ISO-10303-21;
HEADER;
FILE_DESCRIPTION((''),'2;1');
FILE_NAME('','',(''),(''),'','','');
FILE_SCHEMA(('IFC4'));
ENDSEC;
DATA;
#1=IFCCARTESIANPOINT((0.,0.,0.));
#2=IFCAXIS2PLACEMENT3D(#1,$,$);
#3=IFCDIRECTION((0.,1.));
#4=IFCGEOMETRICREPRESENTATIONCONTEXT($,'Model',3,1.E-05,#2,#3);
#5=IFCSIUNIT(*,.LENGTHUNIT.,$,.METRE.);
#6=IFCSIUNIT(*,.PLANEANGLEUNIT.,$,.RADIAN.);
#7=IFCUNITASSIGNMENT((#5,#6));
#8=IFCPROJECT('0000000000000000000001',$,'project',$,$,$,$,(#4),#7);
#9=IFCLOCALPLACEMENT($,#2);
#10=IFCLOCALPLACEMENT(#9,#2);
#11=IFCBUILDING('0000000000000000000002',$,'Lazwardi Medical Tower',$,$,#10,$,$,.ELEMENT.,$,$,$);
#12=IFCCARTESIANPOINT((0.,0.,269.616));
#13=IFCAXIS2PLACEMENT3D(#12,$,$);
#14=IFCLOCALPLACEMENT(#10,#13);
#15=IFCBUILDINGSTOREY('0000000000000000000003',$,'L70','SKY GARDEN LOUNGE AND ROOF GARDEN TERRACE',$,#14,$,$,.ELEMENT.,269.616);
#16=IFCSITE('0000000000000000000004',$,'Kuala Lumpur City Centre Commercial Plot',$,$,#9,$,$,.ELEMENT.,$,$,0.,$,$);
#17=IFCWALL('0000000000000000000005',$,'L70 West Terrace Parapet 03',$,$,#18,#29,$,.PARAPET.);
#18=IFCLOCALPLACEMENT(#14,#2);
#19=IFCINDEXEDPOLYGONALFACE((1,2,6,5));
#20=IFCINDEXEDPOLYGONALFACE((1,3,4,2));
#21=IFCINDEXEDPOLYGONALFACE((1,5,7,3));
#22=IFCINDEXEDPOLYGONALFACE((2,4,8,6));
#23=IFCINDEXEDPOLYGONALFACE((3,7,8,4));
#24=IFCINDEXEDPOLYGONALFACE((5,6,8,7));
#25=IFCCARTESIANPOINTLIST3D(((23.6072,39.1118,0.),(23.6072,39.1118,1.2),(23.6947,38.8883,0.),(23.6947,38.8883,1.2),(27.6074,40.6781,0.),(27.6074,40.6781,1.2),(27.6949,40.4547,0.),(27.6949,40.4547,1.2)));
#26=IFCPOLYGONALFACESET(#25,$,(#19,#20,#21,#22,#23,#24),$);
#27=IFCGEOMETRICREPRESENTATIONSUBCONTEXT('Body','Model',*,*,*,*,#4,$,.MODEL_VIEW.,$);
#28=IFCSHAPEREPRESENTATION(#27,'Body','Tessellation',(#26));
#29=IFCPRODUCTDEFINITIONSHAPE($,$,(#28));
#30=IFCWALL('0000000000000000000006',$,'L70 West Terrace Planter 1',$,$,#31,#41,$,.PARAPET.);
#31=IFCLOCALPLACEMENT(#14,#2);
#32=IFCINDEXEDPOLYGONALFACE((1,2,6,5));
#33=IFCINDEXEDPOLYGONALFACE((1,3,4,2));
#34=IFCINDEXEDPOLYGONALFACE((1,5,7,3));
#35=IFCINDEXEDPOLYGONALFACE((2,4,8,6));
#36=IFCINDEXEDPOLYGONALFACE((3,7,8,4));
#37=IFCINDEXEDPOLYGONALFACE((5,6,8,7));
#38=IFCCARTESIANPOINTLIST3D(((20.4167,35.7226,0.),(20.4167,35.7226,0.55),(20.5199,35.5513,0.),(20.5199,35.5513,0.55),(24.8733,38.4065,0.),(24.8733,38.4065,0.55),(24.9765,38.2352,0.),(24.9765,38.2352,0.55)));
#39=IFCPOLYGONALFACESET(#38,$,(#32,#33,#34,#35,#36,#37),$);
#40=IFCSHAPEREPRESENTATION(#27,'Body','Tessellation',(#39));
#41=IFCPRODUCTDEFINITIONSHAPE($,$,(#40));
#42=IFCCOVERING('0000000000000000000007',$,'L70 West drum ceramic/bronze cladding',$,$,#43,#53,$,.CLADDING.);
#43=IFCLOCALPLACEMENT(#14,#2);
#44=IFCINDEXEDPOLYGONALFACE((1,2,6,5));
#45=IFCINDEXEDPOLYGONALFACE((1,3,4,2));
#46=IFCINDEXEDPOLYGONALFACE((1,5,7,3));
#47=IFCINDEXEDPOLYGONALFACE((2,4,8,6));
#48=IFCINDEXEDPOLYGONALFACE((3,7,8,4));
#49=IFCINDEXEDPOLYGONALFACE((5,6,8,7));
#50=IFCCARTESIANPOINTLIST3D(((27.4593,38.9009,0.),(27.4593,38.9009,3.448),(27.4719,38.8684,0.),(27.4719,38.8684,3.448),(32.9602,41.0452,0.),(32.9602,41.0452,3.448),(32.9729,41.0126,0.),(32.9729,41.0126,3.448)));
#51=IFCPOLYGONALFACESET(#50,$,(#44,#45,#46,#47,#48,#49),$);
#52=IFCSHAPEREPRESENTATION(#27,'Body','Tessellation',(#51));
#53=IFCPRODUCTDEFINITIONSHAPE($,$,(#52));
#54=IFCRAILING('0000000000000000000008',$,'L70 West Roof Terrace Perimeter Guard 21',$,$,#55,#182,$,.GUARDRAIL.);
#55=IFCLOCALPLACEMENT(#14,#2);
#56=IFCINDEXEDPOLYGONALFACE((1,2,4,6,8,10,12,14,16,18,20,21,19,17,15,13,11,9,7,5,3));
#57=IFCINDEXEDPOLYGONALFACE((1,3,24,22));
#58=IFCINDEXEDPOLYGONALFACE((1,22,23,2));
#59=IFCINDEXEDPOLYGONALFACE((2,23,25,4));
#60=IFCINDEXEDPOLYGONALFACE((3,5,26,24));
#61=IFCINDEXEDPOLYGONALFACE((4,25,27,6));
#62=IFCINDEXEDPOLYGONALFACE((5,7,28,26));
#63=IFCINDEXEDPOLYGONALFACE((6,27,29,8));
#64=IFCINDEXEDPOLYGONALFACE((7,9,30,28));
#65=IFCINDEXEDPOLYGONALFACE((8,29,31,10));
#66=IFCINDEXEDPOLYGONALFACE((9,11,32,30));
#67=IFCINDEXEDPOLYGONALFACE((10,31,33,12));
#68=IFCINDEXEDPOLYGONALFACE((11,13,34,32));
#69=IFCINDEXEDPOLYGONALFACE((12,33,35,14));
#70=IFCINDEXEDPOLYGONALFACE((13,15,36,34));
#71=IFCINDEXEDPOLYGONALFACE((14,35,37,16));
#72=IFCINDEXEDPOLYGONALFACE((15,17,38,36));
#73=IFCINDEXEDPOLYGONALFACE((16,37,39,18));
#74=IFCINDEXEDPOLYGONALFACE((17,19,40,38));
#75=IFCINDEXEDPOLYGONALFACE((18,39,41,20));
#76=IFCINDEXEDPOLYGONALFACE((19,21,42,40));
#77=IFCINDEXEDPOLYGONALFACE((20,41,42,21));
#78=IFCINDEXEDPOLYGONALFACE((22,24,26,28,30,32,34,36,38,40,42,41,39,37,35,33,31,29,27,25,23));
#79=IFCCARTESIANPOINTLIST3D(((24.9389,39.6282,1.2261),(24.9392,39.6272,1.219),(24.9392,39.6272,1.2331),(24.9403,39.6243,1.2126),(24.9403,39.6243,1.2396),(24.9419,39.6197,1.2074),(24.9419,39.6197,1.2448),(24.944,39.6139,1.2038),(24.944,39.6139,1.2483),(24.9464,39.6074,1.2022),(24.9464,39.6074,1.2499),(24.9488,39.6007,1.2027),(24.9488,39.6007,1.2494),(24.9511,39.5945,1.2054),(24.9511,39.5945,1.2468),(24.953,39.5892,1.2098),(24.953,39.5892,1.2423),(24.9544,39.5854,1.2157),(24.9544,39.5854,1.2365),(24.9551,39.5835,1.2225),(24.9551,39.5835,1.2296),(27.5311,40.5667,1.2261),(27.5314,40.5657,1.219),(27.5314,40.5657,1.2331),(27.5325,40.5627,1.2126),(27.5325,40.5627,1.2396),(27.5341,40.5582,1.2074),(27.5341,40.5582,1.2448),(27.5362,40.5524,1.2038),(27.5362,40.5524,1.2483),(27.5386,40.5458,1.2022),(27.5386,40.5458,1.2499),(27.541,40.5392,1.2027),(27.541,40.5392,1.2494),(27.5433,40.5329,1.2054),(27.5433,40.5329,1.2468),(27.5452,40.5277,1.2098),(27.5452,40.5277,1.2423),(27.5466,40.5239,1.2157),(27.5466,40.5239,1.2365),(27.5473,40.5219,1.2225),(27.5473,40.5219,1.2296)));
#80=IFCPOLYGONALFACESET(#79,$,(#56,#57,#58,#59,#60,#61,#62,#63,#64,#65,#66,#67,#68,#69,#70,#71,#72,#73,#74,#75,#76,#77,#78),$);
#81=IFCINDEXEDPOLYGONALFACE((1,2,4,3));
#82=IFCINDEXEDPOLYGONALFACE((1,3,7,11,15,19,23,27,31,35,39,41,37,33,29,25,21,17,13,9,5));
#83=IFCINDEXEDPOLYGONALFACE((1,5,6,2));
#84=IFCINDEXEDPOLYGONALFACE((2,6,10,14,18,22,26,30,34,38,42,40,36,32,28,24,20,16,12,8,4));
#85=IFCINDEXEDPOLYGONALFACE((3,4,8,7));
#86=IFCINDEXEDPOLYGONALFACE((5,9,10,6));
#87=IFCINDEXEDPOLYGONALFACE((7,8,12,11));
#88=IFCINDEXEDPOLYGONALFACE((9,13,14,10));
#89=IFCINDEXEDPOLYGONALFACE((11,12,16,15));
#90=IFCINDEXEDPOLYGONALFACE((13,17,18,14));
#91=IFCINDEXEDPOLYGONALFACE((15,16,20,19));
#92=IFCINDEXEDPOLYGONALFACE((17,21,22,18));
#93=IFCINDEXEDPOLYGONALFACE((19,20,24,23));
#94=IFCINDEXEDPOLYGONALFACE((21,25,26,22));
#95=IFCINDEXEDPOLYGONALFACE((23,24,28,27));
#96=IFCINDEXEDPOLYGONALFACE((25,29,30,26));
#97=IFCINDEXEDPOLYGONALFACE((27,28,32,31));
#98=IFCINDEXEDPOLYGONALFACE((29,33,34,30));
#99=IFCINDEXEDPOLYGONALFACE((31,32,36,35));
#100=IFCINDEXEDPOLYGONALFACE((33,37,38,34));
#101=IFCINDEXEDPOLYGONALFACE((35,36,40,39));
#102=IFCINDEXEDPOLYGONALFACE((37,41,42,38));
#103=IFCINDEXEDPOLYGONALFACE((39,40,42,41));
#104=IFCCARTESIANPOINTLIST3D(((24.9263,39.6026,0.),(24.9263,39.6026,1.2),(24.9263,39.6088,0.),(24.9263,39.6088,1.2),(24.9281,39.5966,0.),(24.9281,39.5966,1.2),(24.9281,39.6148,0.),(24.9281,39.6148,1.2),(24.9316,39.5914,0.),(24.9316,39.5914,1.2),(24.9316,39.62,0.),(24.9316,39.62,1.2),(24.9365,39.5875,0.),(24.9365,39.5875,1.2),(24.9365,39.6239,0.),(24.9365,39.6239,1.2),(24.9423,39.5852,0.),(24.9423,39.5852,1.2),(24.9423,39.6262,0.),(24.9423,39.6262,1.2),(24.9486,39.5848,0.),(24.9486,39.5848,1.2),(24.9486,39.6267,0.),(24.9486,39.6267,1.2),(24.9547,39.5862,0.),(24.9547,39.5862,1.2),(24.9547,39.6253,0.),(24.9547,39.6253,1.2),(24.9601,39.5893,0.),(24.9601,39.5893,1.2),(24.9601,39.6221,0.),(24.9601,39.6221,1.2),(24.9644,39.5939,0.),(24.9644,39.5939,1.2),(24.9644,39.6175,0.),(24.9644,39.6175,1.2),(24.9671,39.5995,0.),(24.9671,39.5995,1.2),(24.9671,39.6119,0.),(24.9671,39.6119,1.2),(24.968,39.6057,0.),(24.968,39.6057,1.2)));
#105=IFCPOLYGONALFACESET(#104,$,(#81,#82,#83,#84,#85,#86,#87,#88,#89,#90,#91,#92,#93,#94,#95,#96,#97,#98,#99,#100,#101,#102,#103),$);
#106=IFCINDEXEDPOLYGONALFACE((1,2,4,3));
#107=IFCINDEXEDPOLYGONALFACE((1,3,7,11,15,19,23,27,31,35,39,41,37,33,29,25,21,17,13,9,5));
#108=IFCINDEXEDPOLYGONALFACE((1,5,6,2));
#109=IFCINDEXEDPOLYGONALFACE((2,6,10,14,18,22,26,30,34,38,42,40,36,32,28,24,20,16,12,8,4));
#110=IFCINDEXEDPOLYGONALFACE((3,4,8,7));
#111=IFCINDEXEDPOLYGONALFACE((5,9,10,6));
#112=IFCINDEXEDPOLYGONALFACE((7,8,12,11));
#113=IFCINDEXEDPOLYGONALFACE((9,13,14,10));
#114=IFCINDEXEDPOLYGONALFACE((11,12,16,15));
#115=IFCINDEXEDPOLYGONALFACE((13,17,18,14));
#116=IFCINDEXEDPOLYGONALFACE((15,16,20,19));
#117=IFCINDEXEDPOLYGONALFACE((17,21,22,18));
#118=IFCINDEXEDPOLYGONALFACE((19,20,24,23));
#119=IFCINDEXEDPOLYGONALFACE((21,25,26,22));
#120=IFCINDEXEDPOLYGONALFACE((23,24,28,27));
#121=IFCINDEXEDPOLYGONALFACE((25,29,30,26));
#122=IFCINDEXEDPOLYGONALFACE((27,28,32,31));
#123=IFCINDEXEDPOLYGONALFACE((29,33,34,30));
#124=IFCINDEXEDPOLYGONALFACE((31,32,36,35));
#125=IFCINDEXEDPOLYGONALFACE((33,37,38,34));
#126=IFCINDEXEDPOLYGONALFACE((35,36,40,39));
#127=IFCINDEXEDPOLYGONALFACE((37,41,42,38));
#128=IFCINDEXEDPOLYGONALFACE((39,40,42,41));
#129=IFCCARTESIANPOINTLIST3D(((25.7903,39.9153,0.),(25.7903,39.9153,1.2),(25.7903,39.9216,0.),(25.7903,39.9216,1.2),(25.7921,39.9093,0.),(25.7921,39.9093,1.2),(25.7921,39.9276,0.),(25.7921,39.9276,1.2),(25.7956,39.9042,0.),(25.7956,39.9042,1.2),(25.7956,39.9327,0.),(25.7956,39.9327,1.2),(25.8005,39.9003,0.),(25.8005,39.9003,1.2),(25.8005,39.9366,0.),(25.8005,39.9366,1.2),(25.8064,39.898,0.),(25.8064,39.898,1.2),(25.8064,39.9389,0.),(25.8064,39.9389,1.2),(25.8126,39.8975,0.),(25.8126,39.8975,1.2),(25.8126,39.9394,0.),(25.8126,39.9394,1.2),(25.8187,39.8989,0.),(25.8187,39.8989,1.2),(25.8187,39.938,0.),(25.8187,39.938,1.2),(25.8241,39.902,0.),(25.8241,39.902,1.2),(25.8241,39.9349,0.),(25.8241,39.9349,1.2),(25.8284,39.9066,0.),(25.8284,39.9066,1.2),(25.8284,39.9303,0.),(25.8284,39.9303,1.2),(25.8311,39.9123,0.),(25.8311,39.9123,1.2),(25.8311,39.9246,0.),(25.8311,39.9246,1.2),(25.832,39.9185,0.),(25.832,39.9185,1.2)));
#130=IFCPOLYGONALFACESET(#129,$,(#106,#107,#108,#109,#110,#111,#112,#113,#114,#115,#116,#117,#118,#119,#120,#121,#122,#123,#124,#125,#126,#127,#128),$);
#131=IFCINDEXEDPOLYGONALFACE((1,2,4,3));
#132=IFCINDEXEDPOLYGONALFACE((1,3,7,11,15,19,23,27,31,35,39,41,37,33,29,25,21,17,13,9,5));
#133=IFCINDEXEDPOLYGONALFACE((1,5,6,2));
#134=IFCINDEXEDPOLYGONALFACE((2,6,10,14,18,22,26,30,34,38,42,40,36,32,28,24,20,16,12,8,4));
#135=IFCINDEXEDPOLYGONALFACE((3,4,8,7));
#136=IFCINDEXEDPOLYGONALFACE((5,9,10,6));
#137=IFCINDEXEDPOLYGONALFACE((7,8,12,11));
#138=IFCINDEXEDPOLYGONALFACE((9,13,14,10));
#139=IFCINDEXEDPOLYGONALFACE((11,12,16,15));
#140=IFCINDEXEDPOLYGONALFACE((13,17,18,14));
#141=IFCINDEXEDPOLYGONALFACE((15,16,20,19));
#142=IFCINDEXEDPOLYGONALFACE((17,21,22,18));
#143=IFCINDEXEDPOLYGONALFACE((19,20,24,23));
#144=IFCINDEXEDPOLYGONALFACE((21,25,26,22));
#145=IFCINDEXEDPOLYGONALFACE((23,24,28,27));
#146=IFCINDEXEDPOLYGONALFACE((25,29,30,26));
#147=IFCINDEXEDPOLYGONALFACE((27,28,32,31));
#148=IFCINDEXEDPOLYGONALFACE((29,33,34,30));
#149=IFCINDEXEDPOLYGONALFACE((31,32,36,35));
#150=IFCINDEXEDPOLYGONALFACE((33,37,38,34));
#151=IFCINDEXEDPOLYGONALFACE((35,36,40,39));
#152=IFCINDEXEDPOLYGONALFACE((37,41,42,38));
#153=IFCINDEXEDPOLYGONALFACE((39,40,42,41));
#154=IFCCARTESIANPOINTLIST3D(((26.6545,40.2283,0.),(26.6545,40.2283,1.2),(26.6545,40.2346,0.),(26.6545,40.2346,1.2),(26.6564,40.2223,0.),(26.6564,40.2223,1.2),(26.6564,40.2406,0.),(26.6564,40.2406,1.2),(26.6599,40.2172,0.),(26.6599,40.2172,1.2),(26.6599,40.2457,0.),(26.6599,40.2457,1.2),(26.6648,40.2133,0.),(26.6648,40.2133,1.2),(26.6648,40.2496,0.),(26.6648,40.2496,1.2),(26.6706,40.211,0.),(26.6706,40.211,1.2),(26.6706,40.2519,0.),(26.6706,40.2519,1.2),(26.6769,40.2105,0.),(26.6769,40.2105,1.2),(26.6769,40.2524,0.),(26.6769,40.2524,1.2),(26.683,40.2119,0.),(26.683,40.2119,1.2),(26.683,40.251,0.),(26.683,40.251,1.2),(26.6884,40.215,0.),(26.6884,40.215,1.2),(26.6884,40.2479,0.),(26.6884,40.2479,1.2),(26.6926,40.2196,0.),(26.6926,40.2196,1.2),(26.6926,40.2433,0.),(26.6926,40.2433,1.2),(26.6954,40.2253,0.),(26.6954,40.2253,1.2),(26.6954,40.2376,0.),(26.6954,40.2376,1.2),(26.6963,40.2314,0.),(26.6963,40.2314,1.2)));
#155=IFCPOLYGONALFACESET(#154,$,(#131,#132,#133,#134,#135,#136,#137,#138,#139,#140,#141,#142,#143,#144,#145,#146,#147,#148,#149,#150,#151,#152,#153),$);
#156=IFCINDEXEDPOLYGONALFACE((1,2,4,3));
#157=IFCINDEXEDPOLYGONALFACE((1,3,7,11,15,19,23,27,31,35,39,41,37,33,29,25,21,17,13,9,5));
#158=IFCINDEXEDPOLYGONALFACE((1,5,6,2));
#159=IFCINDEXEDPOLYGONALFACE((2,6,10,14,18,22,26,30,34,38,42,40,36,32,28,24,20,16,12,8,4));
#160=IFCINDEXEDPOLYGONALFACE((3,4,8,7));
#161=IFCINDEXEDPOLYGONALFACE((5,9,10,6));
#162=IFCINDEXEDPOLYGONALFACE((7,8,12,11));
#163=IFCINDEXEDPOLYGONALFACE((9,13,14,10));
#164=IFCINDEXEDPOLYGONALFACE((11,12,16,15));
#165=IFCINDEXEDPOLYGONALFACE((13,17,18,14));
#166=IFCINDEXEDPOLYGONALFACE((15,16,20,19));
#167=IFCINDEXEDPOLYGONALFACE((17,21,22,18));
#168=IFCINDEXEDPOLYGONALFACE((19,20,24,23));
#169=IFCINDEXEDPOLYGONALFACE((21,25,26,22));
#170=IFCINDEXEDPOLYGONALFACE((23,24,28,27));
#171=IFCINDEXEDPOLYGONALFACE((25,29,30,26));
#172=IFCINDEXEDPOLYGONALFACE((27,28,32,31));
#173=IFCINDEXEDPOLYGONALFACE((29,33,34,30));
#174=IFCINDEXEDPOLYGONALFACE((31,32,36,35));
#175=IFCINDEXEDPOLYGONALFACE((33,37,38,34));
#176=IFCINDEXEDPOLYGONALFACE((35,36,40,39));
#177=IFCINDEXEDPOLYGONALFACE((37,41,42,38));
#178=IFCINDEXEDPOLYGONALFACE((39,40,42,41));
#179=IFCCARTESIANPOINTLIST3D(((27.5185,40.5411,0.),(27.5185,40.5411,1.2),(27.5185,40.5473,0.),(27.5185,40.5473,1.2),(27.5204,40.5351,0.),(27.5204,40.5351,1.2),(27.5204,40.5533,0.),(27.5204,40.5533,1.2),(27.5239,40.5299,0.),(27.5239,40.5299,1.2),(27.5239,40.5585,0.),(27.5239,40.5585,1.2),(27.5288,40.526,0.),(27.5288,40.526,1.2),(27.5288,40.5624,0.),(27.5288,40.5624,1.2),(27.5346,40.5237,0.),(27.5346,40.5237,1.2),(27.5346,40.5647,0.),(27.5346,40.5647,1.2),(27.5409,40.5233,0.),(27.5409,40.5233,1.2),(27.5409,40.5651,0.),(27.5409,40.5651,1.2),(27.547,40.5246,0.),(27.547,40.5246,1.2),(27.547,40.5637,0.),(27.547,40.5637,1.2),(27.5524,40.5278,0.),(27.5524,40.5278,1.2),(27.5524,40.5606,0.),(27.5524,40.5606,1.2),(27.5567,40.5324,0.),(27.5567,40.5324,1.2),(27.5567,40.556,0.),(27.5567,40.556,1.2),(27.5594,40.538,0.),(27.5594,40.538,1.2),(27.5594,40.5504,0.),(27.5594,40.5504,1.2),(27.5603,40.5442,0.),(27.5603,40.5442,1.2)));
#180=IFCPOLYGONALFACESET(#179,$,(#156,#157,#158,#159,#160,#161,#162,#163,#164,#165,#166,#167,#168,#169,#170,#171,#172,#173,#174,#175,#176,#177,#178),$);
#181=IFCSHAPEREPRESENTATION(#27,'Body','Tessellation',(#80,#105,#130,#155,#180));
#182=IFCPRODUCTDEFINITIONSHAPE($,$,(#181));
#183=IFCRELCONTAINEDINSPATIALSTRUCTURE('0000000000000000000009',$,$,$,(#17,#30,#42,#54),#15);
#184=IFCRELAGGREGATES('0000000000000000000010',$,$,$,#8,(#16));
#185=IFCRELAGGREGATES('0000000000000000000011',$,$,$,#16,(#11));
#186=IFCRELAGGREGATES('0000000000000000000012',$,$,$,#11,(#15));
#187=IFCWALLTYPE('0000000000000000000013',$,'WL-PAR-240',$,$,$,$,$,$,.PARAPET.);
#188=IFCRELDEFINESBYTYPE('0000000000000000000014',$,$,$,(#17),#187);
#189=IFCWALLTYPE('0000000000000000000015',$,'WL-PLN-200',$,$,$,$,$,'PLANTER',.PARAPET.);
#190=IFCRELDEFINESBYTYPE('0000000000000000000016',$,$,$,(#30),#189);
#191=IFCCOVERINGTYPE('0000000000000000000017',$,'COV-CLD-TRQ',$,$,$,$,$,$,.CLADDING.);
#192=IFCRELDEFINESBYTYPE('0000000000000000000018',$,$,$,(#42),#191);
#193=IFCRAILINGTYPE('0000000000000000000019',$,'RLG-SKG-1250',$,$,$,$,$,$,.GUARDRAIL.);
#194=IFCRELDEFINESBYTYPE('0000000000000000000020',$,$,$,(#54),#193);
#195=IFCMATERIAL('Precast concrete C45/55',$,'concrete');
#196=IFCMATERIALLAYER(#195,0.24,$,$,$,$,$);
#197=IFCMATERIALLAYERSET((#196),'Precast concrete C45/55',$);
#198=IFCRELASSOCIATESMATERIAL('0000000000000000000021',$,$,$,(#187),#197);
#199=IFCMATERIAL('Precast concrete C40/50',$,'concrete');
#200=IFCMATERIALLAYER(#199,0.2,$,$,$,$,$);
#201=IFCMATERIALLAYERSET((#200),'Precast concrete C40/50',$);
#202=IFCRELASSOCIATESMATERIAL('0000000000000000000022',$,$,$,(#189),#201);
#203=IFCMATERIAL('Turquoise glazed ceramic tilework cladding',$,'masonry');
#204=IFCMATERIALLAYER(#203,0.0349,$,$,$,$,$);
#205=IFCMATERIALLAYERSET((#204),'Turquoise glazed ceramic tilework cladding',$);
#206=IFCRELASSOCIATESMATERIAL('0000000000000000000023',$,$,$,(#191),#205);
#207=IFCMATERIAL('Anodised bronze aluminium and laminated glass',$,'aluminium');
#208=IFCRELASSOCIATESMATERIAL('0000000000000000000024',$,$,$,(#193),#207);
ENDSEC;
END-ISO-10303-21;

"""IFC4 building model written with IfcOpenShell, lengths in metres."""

from ifc_helpers import new_model, si_unit, direction, frame, frame_2d, origin, origin_2d, place, context, subcontext, project, spatial, rectangle, circle, extrude, material, layer, layer_set, type_object, element, save


model = new_model("IFC4")

# Units and contexts
model_context = context("Model", 3, precision=1e-05, world=origin(), true_north=direction((0.0, 1.0)))
body_context = subcontext(model_context, "Body", "Model", "MODEL_VIEW")
ifc_project = project(units=[si_unit("LENGTHUNIT", "METRE"), si_unit("PLANEANGLEUNIT", "RADIAN")], contexts=[model_context])

# Site, building, storey
site_placement = place(None, origin())
site = spatial("IfcSite", under=ifc_project, at=site_placement, Name="Kuala Lumpur City Centre Commercial Plot", CompositionType="ELEMENT", RefElevation=0.0)
building_placement = place(site_placement, origin())
building = spatial("IfcBuilding", under=site, at=building_placement, Name="Lazwardi Medical Tower", CompositionType="ELEMENT")
storey_placement = place(building_placement, frame((0.0, 0.0, 269.616)))
storey = spatial("IfcBuildingStorey", under=building, at=storey_placement, Name="L70", Description="SKY GARDEN LOUNGE AND ROOF GARDEN TERRACE", CompositionType="ELEMENT", Elevation=269.616)

# Shared definitions
ifc_material_1 = material(Name="Precast concrete C45/55", Category="concrete")

# Walls
ifc_layer_1 = layer(ifc_material_1, 0.24)
ifc_layer_set_1 = layer_set([ifc_layer_1], Name="Precast concrete C45/55")
wall_type_1 = type_object("IfcWallType", Name="WL-PAR-240", PredefinedType="PARAPET", material=ifc_layer_set_1)
wall_1_placement = place(storey_placement, frame((27.6511, 40.5664, 0.0), z_axis=(0.0, 0.0, 1.0), x_axis=(-0.931156, -0.36462, 0.0)))
element("IfcWall", 1, at=wall_1_placement, inside=storey, type_object=wall_type_1, Name="L70 West Terrace Parapet 03", PredefinedType="PARAPET", context=body_context, shape_type="SweptSolid", body=[
    extrude(rectangle(XDim=4.2959, YDim=0.24, at=frame_2d((2.1479, 0.0))), origin(), (0.0, 0.0, 1.0), 1.2),
])
ifc_material_2 = material(Name="Precast concrete C40/50", Category="concrete")
ifc_layer_2 = layer(ifc_material_2, 0.2)
ifc_layer_set_2 = layer_set([ifc_layer_2], Name="Precast concrete C40/50")
wall_type_2 = type_object("IfcWallType", Name="WL-PLN-200", ElementType="PLANTER", PredefinedType="PARAPET", material=ifc_layer_set_2)
wall_2_placement = place(storey_placement, frame((24.9248, 38.3208, 0.0), z_axis=(0.0, 0.0, 1.0), x_axis=(-0.856651, -0.515896, 0.0)))
element("IfcWall", 2, at=wall_2_placement, inside=storey, type_object=wall_type_2, Name="L70 West Terrace Planter 1", PredefinedType="PARAPET", context=body_context, shape_type="SweptSolid", body=[
    extrude(rectangle(XDim=5.2024, YDim=0.2, at=frame_2d((2.6011, 0.0))), origin(), (0.0, 0.0, 1.0), 0.55),
])

# Covering
ifc_material_3 = material(Name="Turquoise glazed ceramic tilework cladding", Category="masonry")
ifc_layer_3 = layer(ifc_material_3, 0.0349)
ifc_layer_set_3 = layer_set([ifc_layer_3], Name="Turquoise glazed ceramic tilework cladding")
covering_type = type_object("IfcCoveringType", Name="COV-CLD-TRQ", PredefinedType="CLADDING", material=ifc_layer_set_3)
covering_placement = place(storey_placement, frame((30.2161, 39.9568, 0.0), z_axis=(0.0, 0.0, 1.0), x_axis=(-0.93172, -0.363176, 0.0)))
element("IfcCovering", 3, at=covering_placement, inside=storey, type_object=covering_type, Name="L70 West drum ceramic/bronze cladding", PredefinedType="CLADDING", context=body_context, shape_type="SweptSolid", body=[
    extrude(rectangle(XDim=5.9041, YDim=0.0349, at=origin_2d()), origin(), (0.0, 0.0, 1.0), 3.448),
])

# Railing
ifc_material_4 = material(Name="Anodised bronze aluminium and laminated glass", Category="aluminium")
railing_type = type_object("IfcRailingType", Name="RLG-SKG-1250", PredefinedType="GUARDRAIL", material=ifc_material_4)
railing_1_placement = place(storey_placement, frame((24.947, 39.6057, 0.0)))
element("IfcRailing", 4, at=railing_1_placement, inside=storey, type_object=railing_type, Name="L70 West Roof Terrace Perimeter Guard 21", PredefinedType="GUARDRAIL", context=body_context, shape_type="SweptSolid", body=[
    extrude(circle(Radius=0.0239, at=origin_2d()), frame((0.0, 0.0, 1.2261), z_axis=(0.940279, 0.340406, 0.0), x_axis=(-0.340406, 0.940279, 0.0)), (0.0, 0.0, 1.0), 2.7568),
    extrude(circle(Radius=0.021, at=origin_2d()), origin(), (0.0, 0.0, 1.0), 1.2),
    extrude(circle(Radius=0.021, at=origin_2d()), frame((0.864, 0.3127, 0.0)), (0.0, 0.0, 1.0), 1.2),
    extrude(circle(Radius=0.021, at=origin_2d()), frame((1.7283, 0.6257, 0.0)), (0.0, 0.0, 1.0), 1.2),
    extrude(circle(Radius=0.021, at=origin_2d()), frame((2.5923, 0.9385, 0.0)), (0.0, 0.0, 1.0), 1.2),
])

save(model, "model.ifc")
